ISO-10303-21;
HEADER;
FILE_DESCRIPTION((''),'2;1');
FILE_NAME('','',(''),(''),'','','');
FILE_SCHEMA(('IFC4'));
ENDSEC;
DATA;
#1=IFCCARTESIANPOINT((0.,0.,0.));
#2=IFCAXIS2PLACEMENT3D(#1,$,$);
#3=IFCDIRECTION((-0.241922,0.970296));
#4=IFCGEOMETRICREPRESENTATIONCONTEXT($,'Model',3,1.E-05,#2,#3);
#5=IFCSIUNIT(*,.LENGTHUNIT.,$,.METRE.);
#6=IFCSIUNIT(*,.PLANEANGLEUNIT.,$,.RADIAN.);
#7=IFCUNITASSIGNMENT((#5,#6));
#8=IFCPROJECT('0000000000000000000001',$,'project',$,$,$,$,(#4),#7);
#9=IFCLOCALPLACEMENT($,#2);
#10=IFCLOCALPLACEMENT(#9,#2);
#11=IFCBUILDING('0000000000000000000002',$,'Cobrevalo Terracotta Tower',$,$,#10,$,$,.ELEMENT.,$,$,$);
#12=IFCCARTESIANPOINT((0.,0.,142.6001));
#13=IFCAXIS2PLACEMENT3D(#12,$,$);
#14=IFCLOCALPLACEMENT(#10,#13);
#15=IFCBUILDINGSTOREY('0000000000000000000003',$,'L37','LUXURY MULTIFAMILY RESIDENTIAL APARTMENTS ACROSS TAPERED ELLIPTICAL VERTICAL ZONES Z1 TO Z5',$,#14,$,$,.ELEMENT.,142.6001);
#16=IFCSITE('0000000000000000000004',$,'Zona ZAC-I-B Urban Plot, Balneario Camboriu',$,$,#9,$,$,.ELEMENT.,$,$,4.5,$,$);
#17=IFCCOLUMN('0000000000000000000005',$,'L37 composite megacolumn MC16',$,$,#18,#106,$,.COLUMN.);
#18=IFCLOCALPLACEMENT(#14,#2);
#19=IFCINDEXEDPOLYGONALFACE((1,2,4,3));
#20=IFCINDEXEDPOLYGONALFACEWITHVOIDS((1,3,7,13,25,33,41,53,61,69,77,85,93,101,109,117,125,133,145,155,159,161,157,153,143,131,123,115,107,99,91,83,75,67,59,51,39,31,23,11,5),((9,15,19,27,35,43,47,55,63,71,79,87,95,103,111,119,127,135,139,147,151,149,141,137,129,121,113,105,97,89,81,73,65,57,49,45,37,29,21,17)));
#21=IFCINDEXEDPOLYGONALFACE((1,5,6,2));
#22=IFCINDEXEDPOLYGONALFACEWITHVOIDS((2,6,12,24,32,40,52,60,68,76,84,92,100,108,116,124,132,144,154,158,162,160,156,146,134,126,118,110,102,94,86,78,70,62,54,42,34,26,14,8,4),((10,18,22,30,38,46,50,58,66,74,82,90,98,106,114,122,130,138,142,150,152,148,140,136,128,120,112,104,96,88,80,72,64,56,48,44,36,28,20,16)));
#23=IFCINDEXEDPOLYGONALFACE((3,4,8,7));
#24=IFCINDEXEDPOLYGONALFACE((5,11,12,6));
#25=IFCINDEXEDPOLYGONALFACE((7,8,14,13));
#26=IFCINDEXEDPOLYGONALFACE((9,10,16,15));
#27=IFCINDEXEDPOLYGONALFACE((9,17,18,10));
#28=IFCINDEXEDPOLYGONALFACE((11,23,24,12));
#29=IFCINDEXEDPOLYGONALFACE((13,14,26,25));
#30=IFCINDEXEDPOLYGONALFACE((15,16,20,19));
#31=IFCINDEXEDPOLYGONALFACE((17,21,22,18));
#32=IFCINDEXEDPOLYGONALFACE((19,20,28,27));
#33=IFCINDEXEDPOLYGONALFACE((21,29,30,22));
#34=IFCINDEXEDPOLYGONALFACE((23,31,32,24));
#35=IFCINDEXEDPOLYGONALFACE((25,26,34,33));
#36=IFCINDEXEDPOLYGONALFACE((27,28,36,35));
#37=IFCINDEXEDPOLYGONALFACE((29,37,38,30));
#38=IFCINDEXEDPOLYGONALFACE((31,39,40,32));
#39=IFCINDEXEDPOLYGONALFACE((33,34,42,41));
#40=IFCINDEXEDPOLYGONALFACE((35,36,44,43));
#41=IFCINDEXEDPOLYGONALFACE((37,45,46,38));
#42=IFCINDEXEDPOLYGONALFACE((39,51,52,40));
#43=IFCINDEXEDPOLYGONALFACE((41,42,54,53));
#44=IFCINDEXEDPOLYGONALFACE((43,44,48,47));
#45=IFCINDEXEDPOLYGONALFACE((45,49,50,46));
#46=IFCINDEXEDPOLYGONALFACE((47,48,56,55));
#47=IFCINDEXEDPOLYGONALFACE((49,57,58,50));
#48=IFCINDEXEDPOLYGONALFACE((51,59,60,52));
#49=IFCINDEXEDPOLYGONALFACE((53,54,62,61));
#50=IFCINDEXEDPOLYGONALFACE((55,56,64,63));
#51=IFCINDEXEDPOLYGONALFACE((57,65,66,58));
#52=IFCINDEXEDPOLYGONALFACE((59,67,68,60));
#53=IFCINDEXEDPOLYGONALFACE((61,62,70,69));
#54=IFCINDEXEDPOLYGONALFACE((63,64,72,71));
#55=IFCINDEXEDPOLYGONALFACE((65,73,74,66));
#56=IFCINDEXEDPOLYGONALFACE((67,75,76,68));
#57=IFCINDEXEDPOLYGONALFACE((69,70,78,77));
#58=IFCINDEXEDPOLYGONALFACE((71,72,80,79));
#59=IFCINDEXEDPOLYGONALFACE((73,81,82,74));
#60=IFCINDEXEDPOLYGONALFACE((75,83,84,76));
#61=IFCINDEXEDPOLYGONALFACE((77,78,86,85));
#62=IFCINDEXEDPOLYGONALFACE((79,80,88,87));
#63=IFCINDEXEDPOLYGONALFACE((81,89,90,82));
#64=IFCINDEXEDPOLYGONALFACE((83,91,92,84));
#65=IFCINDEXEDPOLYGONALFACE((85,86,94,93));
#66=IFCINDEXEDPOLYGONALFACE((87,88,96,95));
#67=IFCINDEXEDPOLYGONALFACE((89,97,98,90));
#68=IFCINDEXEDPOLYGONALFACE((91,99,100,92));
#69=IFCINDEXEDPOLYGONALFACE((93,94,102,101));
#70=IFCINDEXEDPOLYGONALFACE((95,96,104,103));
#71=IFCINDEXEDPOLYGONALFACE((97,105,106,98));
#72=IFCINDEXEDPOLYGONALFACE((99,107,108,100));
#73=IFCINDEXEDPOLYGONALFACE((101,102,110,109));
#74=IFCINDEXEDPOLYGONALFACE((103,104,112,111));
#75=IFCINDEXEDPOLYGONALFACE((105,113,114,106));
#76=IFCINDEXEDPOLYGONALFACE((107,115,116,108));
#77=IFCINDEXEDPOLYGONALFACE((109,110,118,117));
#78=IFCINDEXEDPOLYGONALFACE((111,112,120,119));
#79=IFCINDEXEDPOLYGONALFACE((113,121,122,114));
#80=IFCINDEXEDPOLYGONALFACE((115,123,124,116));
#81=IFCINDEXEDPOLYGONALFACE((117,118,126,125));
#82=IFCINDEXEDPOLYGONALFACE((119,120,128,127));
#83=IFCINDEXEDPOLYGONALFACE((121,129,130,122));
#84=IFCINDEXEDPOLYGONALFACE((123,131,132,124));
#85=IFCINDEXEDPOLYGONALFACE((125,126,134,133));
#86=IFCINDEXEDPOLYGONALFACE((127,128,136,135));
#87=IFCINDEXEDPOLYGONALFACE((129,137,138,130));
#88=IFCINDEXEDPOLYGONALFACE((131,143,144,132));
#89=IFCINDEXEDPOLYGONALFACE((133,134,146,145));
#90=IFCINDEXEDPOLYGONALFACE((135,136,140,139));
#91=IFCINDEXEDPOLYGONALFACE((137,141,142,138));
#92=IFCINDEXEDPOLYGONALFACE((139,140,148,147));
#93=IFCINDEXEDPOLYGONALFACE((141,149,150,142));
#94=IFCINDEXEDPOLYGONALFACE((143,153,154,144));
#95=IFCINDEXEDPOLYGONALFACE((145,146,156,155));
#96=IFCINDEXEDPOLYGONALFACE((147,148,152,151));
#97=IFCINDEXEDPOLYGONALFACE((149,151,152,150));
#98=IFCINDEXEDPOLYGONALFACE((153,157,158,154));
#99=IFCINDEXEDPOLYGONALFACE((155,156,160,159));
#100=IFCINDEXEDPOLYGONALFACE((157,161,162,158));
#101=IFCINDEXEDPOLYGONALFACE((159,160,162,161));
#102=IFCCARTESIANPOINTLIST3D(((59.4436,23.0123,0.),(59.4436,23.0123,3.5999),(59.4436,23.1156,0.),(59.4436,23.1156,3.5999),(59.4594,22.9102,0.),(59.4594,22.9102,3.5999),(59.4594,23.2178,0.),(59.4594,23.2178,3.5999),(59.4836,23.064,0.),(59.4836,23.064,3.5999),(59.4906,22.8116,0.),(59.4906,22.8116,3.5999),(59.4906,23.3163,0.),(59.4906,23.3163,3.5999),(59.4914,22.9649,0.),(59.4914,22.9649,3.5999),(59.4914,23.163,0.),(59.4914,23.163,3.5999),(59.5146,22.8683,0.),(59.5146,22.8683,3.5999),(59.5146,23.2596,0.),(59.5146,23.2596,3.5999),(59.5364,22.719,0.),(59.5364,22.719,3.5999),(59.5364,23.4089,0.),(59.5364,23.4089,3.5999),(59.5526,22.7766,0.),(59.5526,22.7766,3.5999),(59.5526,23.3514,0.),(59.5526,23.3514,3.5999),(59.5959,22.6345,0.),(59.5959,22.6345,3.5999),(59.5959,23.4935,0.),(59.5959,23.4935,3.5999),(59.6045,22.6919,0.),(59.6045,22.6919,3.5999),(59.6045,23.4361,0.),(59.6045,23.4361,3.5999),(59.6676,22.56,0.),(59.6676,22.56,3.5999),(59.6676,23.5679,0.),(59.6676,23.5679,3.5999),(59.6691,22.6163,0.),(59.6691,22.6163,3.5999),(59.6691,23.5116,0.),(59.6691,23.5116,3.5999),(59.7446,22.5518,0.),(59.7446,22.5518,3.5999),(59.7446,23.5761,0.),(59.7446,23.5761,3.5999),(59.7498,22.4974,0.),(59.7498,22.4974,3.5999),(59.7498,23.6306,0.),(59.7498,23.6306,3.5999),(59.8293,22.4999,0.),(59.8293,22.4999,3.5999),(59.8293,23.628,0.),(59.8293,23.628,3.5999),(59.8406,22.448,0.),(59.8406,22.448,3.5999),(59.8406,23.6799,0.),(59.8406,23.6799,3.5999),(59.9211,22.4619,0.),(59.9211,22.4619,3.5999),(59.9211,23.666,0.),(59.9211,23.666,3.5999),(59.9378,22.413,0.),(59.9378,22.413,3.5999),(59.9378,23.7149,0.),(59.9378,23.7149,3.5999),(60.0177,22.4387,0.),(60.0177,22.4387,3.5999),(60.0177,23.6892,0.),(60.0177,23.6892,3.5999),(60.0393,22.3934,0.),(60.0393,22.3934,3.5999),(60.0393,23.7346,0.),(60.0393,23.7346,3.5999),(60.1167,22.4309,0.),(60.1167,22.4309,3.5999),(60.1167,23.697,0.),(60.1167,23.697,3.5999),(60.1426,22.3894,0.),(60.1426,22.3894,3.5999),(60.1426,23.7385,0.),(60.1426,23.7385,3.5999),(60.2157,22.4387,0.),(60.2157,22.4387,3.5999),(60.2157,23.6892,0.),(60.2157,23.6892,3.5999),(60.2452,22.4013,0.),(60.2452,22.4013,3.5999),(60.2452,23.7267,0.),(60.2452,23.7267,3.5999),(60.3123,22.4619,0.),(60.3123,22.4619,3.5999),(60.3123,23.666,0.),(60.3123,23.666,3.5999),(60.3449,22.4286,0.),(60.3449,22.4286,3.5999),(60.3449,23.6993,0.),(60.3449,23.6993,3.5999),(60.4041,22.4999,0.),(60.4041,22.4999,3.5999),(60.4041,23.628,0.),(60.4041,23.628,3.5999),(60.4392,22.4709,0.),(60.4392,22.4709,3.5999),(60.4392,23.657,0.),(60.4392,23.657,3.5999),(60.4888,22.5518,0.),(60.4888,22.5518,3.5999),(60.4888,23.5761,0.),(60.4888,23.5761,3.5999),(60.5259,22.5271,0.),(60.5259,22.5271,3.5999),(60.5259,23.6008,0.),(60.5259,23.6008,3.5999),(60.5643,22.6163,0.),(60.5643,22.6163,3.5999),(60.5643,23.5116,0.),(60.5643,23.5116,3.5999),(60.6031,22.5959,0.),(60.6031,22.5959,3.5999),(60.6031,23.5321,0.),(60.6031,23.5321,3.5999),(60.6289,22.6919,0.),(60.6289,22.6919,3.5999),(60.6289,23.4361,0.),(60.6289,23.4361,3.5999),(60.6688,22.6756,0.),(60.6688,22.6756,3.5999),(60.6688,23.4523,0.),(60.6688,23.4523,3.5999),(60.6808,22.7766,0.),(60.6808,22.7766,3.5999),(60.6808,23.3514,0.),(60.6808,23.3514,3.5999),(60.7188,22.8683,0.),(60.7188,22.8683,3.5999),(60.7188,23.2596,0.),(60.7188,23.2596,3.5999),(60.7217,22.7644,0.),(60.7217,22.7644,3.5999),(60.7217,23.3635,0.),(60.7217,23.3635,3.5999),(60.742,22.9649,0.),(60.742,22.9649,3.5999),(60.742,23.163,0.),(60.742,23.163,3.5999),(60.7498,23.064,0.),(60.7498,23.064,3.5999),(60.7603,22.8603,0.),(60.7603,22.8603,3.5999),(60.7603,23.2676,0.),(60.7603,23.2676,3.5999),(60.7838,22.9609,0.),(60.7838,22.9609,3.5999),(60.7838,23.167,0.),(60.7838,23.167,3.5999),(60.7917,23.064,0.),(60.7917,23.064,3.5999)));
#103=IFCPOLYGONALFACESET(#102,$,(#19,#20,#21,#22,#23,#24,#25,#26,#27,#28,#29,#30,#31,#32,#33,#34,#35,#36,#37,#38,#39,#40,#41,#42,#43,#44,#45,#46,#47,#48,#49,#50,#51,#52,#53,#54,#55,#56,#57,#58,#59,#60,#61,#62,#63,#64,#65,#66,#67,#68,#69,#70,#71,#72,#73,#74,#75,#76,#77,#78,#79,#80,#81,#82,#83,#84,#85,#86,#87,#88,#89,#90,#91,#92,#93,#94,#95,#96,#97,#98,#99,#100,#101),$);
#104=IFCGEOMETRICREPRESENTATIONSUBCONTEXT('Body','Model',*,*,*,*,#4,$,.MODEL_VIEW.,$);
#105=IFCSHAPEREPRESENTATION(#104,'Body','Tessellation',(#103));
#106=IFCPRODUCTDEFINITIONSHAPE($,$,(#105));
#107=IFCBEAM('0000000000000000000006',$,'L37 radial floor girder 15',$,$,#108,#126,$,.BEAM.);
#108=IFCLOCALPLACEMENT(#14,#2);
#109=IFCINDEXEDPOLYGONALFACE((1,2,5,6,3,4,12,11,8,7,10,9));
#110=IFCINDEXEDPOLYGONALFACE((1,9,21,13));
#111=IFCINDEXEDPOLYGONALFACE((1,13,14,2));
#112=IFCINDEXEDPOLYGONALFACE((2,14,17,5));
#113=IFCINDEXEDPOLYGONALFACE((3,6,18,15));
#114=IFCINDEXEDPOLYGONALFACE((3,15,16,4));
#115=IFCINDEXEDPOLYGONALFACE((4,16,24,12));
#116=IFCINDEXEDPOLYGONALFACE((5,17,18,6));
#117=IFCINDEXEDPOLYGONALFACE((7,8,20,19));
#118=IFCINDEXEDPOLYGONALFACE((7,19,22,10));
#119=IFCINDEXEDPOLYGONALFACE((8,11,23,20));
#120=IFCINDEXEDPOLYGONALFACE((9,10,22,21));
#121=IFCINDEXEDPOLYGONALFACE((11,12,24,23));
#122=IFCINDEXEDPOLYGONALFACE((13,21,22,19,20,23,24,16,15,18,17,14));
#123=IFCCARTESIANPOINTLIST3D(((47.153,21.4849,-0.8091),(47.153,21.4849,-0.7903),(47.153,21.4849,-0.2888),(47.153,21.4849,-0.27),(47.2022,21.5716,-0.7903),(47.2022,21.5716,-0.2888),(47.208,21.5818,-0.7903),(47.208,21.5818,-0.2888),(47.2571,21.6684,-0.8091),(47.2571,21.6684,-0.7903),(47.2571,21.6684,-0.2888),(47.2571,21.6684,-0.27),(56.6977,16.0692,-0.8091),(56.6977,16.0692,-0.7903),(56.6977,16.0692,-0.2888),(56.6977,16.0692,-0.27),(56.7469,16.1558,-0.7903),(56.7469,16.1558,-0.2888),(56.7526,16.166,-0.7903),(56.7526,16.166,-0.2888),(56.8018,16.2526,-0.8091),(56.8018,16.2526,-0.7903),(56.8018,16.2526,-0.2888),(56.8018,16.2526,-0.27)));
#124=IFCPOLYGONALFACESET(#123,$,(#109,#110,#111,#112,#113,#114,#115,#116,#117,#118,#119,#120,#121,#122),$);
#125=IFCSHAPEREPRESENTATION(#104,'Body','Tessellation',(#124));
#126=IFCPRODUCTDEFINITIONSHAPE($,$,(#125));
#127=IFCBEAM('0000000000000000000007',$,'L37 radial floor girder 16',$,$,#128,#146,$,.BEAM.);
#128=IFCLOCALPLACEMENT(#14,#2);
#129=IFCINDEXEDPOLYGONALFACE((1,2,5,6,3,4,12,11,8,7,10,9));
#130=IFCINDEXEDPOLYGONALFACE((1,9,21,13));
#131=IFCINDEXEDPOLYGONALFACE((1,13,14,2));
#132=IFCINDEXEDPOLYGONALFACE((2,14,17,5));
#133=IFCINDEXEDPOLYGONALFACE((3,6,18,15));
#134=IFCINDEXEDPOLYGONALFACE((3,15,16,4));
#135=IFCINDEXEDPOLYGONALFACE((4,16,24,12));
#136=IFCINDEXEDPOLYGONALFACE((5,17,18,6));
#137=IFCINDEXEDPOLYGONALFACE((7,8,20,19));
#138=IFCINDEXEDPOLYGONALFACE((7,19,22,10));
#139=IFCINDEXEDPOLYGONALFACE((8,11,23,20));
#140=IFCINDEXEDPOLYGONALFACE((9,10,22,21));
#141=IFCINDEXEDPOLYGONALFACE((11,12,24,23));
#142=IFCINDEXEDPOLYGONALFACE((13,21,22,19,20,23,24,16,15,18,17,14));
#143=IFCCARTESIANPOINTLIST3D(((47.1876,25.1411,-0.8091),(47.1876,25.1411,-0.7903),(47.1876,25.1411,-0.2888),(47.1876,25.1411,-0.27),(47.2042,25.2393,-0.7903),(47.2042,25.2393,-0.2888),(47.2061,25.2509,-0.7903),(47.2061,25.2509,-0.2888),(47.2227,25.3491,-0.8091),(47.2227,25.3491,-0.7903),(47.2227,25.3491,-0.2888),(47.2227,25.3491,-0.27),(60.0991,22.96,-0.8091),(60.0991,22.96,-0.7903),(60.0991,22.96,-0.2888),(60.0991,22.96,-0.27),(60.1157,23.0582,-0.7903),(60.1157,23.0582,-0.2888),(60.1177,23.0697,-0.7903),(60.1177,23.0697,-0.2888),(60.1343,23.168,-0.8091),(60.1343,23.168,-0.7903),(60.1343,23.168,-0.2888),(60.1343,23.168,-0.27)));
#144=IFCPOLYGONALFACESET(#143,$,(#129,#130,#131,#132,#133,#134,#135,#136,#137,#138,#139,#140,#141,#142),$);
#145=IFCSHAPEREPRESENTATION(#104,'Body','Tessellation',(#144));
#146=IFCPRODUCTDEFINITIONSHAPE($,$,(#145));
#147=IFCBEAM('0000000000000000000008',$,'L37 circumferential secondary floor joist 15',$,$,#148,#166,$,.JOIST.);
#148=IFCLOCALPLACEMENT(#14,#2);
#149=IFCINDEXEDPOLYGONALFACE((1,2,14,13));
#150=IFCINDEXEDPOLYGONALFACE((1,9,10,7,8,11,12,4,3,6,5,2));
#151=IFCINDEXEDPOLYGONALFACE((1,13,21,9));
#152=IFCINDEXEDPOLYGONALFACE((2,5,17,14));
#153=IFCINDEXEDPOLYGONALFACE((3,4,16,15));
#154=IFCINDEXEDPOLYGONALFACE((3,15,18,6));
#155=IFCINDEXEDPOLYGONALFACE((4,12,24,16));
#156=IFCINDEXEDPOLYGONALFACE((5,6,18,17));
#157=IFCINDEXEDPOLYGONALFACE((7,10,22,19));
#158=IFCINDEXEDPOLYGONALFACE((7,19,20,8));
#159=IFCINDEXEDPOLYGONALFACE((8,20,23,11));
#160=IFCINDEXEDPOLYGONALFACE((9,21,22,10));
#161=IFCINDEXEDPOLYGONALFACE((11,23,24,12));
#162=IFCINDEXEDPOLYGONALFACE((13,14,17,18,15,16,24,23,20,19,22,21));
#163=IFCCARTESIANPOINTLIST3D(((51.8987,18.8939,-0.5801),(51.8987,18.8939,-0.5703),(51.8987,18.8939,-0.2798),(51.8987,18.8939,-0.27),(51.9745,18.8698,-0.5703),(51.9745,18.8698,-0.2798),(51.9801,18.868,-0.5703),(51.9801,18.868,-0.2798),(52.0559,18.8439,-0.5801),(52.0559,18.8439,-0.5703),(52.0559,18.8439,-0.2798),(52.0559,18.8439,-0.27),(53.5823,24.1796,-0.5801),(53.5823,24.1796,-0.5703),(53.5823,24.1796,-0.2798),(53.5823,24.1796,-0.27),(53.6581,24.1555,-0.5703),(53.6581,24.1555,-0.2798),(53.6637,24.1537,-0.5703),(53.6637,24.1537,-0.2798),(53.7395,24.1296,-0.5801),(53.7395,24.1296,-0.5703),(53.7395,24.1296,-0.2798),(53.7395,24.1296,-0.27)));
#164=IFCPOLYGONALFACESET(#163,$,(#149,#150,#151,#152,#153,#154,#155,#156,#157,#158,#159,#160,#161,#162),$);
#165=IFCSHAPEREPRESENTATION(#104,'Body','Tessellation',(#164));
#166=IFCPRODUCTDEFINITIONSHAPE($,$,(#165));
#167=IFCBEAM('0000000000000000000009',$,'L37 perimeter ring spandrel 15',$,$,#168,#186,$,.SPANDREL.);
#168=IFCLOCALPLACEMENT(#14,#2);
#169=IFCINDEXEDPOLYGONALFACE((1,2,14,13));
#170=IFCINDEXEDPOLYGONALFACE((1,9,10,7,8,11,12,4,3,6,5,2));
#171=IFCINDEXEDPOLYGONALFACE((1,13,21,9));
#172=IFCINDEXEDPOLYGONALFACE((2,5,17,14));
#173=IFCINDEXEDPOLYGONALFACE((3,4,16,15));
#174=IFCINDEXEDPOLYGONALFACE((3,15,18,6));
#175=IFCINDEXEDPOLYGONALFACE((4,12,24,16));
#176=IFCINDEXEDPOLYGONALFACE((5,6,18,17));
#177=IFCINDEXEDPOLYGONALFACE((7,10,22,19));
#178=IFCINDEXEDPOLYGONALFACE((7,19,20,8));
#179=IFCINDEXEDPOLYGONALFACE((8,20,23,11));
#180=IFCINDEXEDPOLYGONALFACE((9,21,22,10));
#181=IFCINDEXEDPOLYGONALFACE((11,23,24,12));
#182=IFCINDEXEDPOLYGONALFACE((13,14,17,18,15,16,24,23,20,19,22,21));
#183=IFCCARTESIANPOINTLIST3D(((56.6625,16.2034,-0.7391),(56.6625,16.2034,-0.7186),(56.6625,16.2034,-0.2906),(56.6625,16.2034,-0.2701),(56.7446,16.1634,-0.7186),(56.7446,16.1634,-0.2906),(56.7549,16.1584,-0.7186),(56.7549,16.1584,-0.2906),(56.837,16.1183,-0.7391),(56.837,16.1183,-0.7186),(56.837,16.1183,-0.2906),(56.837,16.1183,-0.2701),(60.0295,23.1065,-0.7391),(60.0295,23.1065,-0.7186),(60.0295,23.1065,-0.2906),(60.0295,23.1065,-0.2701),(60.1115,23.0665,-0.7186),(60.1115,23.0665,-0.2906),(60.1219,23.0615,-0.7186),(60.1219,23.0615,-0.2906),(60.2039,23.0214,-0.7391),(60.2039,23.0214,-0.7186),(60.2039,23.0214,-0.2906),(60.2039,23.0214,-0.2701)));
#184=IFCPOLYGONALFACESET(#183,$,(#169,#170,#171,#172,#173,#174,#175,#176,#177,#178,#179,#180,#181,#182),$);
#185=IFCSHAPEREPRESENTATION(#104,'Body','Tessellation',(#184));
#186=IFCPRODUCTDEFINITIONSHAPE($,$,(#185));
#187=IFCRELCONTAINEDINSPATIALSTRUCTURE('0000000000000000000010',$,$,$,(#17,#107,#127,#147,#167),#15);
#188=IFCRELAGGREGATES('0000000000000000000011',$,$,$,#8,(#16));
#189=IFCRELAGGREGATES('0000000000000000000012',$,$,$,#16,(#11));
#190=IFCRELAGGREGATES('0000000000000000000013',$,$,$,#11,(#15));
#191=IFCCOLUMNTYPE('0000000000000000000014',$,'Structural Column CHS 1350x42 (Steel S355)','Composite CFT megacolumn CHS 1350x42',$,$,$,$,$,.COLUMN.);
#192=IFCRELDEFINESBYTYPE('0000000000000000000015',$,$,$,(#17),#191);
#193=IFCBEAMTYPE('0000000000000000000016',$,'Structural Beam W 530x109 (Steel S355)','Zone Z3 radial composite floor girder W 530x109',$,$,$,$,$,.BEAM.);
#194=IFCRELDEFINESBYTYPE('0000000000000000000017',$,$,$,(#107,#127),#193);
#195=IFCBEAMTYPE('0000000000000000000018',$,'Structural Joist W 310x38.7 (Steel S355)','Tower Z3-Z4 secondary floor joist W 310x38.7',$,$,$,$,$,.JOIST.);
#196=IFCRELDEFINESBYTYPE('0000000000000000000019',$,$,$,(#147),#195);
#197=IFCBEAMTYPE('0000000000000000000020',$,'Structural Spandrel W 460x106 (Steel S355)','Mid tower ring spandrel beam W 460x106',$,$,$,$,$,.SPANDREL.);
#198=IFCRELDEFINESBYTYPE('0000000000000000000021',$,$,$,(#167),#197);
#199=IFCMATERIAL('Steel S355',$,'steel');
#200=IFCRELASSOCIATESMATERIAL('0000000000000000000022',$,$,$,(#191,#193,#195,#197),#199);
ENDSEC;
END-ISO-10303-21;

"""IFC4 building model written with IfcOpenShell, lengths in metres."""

from ifc_helpers import new_model, si_unit, direction, frame, origin, origin_2d, place, context, subcontext, project, spatial, hollow_circle, i_section, extrude, material, material_profile, profile_set, type_object, element, save


model = new_model("IFC4")

# Units and contexts
model_context = context("Model", 3, precision=1e-05, world=origin(), true_north=direction((-0.241922, 0.970296)))
body_context = subcontext(model_context, "Body", "Model", "MODEL_VIEW")
ifc_project = project(units=[si_unit("LENGTHUNIT", "METRE"), si_unit("PLANEANGLEUNIT", "RADIAN")], contexts=[model_context])

# Site, building, storey
site_placement = place(None, origin())
site = spatial("IfcSite", under=ifc_project, at=site_placement, Name="Zona ZAC-I-B Urban Plot, Balneario Camboriu", CompositionType="ELEMENT", RefElevation=4.5)
building_placement = place(site_placement, origin())
building = spatial("IfcBuilding", under=site, at=building_placement, Name="Cobrevalo Terracotta Tower", CompositionType="ELEMENT")
storey_placement = place(building_placement, frame((0.0, 0.0, 142.6001)))
storey = spatial("IfcBuildingStorey", under=building, at=storey_placement, Name="L37", Description="LUXURY MULTIFAMILY RESIDENTIAL APARTMENTS ACROSS TAPERED ELLIPTICAL VERTICAL ZONES Z1 TO Z5", CompositionType="ELEMENT", Elevation=142.6001)

# Column
ifc_material_1 = material(Name="Steel S355", Category="steel")
ifc_material_profile_1 = material_profile(ifc_material_1, hollow_circle(Radius=0.675, WallThickness=0.042, at=origin_2d()), Name="CHS 1350x42")
ifc_profile_set_1 = profile_set([ifc_material_profile_1], Name="Steel S355")
column_type = type_object("IfcColumnType", Name="Structural Column CHS 1350x42 (Steel S355)", Description="Composite CFT megacolumn CHS 1350x42", PredefinedType="COLUMN", material=ifc_profile_set_1)
column_placement = place(storey_placement, frame((60.1167, 23.064, 0.0), z_axis=(0.0, 0.0, 1.0), x_axis=(1.0, 0.0, 0.0)))
element("IfcColumn", 1, at=column_placement, inside=storey, type_object=column_type, Name="L37 composite megacolumn MC16", PredefinedType="COLUMN", context=body_context, shape_type="SweptSolid", body=[
    extrude(hollow_circle(Radius=0.675, WallThickness=0.042, at=origin_2d()), origin(), (0.0, 0.0, 1.0), 3.5999),
])

# Beams
ifc_material_profile_2 = material_profile(ifc_material_1, i_section(OverallWidth=0.2109, OverallDepth=0.5391, WebThickness=0.0117, FlangeThickness=0.0188, at=origin_2d()), Name="W 530x109")
ifc_profile_set_2 = profile_set([ifc_material_profile_2], Name="Steel S355")
beam_type_1 = type_object("IfcBeamType", Name="Structural Beam W 530x109 (Steel S355)", Description="Zone Z3 radial composite floor girder W 530x109", PredefinedType="BEAM", material=ifc_profile_set_2)
beam_1_placement = place(storey_placement, frame((56.7498, 16.1609, -0.5396), z_axis=(-0.869744, 0.493504, 0.0), x_axis=(-0.493504, -0.869744, 0.0)))
element("IfcBeam", 2, at=beam_1_placement, inside=storey, type_object=beam_type_1, Name="L37 radial floor girder 15", PredefinedType="BEAM", context=body_context, shape_type="SweptSolid", body=[
    extrude(i_section(OverallWidth=0.2109, OverallDepth=0.5391, WebThickness=0.0117, FlangeThickness=0.0188, at=origin_2d()), origin(), (0.0, 0.0, 1.0), 10.9741),
])
beam_2_placement = place(storey_placement, frame((60.1167, 23.064, -0.5396), z_axis=(-0.98603, 0.166569, 0.0), x_axis=(-0.166569, -0.98603, 0.0)))
element("IfcBeam", 3, at=beam_2_placement, inside=storey, type_object=beam_type_1, Name="L37 radial floor girder 16", PredefinedType="BEAM", context=body_context, shape_type="SweptSolid", body=[
    extrude(i_section(OverallWidth=0.2109, OverallDepth=0.5391, WebThickness=0.0117, FlangeThickness=0.0188, at=origin_2d()), origin(), (0.0, 0.0, 1.0), 13.0945),
])
ifc_material_profile_3 = material_profile(ifc_material_1, i_section(OverallWidth=0.165, OverallDepth=0.3101, WebThickness=0.0059, FlangeThickness=0.0098, at=origin_2d()), Name="W 310x38.7")
ifc_profile_set_3 = profile_set([ifc_material_profile_3], Name="Steel S355")
beam_type_2 = type_object("IfcBeamType", Name="Structural Joist W 310x38.7 (Steel S355)", Description="Tower Z3-Z4 secondary floor joist W 310x38.7", PredefinedType="JOIST", material=ifc_profile_set_3)
beam_3_placement = place(storey_placement, frame((51.9773, 18.8689, -0.425), z_axis=(0.303498, 0.952832, 0.0), x_axis=(-0.952832, 0.303498, 0.0)))
element("IfcBeam", 4, at=beam_3_placement, inside=storey, type_object=beam_type_2, Name="L37 circumferential secondary floor joist 15", PredefinedType="JOIST", context=body_context, shape_type="SweptSolid", body=[
    extrude(i_section(OverallWidth=0.165, OverallDepth=0.3101, WebThickness=0.0059, FlangeThickness=0.0098, at=origin_2d()), origin(), (0.0, 0.0, 1.0), 5.5474),
])
ifc_material_profile_4 = material_profile(ifc_material_1, i_section(OverallWidth=0.1941, OverallDepth=0.469, WebThickness=0.0115, FlangeThickness=0.0205, at=origin_2d()), Name="W 460x106")
ifc_profile_set_4 = profile_set([ifc_material_profile_4], Name="Steel S355")
beam_type_3 = type_object("IfcBeamType", Name="Structural Spandrel W 460x106 (Steel S355)", Description="Mid tower ring spandrel beam W 460x106", PredefinedType="SPANDREL", material=ifc_profile_set_4)
beam_4_placement = place(storey_placement, frame((56.7498, 16.1609, -0.5046), z_axis=(0.43838, 0.89879, 0.0), x_axis=(-0.89879, 0.43838, 0.0)))
element("IfcBeam", 5, at=beam_4_placement, inside=storey, type_object=beam_type_3, Name="L37 perimeter ring spandrel 15", PredefinedType="SPANDREL", context=body_context, shape_type="SweptSolid", body=[
    extrude(i_section(OverallWidth=0.1941, OverallDepth=0.469, WebThickness=0.0115, FlangeThickness=0.0205, at=origin_2d()), origin(), (0.0, 0.0, 1.0), 7.6804),
])

save(model, "model.ifc")
